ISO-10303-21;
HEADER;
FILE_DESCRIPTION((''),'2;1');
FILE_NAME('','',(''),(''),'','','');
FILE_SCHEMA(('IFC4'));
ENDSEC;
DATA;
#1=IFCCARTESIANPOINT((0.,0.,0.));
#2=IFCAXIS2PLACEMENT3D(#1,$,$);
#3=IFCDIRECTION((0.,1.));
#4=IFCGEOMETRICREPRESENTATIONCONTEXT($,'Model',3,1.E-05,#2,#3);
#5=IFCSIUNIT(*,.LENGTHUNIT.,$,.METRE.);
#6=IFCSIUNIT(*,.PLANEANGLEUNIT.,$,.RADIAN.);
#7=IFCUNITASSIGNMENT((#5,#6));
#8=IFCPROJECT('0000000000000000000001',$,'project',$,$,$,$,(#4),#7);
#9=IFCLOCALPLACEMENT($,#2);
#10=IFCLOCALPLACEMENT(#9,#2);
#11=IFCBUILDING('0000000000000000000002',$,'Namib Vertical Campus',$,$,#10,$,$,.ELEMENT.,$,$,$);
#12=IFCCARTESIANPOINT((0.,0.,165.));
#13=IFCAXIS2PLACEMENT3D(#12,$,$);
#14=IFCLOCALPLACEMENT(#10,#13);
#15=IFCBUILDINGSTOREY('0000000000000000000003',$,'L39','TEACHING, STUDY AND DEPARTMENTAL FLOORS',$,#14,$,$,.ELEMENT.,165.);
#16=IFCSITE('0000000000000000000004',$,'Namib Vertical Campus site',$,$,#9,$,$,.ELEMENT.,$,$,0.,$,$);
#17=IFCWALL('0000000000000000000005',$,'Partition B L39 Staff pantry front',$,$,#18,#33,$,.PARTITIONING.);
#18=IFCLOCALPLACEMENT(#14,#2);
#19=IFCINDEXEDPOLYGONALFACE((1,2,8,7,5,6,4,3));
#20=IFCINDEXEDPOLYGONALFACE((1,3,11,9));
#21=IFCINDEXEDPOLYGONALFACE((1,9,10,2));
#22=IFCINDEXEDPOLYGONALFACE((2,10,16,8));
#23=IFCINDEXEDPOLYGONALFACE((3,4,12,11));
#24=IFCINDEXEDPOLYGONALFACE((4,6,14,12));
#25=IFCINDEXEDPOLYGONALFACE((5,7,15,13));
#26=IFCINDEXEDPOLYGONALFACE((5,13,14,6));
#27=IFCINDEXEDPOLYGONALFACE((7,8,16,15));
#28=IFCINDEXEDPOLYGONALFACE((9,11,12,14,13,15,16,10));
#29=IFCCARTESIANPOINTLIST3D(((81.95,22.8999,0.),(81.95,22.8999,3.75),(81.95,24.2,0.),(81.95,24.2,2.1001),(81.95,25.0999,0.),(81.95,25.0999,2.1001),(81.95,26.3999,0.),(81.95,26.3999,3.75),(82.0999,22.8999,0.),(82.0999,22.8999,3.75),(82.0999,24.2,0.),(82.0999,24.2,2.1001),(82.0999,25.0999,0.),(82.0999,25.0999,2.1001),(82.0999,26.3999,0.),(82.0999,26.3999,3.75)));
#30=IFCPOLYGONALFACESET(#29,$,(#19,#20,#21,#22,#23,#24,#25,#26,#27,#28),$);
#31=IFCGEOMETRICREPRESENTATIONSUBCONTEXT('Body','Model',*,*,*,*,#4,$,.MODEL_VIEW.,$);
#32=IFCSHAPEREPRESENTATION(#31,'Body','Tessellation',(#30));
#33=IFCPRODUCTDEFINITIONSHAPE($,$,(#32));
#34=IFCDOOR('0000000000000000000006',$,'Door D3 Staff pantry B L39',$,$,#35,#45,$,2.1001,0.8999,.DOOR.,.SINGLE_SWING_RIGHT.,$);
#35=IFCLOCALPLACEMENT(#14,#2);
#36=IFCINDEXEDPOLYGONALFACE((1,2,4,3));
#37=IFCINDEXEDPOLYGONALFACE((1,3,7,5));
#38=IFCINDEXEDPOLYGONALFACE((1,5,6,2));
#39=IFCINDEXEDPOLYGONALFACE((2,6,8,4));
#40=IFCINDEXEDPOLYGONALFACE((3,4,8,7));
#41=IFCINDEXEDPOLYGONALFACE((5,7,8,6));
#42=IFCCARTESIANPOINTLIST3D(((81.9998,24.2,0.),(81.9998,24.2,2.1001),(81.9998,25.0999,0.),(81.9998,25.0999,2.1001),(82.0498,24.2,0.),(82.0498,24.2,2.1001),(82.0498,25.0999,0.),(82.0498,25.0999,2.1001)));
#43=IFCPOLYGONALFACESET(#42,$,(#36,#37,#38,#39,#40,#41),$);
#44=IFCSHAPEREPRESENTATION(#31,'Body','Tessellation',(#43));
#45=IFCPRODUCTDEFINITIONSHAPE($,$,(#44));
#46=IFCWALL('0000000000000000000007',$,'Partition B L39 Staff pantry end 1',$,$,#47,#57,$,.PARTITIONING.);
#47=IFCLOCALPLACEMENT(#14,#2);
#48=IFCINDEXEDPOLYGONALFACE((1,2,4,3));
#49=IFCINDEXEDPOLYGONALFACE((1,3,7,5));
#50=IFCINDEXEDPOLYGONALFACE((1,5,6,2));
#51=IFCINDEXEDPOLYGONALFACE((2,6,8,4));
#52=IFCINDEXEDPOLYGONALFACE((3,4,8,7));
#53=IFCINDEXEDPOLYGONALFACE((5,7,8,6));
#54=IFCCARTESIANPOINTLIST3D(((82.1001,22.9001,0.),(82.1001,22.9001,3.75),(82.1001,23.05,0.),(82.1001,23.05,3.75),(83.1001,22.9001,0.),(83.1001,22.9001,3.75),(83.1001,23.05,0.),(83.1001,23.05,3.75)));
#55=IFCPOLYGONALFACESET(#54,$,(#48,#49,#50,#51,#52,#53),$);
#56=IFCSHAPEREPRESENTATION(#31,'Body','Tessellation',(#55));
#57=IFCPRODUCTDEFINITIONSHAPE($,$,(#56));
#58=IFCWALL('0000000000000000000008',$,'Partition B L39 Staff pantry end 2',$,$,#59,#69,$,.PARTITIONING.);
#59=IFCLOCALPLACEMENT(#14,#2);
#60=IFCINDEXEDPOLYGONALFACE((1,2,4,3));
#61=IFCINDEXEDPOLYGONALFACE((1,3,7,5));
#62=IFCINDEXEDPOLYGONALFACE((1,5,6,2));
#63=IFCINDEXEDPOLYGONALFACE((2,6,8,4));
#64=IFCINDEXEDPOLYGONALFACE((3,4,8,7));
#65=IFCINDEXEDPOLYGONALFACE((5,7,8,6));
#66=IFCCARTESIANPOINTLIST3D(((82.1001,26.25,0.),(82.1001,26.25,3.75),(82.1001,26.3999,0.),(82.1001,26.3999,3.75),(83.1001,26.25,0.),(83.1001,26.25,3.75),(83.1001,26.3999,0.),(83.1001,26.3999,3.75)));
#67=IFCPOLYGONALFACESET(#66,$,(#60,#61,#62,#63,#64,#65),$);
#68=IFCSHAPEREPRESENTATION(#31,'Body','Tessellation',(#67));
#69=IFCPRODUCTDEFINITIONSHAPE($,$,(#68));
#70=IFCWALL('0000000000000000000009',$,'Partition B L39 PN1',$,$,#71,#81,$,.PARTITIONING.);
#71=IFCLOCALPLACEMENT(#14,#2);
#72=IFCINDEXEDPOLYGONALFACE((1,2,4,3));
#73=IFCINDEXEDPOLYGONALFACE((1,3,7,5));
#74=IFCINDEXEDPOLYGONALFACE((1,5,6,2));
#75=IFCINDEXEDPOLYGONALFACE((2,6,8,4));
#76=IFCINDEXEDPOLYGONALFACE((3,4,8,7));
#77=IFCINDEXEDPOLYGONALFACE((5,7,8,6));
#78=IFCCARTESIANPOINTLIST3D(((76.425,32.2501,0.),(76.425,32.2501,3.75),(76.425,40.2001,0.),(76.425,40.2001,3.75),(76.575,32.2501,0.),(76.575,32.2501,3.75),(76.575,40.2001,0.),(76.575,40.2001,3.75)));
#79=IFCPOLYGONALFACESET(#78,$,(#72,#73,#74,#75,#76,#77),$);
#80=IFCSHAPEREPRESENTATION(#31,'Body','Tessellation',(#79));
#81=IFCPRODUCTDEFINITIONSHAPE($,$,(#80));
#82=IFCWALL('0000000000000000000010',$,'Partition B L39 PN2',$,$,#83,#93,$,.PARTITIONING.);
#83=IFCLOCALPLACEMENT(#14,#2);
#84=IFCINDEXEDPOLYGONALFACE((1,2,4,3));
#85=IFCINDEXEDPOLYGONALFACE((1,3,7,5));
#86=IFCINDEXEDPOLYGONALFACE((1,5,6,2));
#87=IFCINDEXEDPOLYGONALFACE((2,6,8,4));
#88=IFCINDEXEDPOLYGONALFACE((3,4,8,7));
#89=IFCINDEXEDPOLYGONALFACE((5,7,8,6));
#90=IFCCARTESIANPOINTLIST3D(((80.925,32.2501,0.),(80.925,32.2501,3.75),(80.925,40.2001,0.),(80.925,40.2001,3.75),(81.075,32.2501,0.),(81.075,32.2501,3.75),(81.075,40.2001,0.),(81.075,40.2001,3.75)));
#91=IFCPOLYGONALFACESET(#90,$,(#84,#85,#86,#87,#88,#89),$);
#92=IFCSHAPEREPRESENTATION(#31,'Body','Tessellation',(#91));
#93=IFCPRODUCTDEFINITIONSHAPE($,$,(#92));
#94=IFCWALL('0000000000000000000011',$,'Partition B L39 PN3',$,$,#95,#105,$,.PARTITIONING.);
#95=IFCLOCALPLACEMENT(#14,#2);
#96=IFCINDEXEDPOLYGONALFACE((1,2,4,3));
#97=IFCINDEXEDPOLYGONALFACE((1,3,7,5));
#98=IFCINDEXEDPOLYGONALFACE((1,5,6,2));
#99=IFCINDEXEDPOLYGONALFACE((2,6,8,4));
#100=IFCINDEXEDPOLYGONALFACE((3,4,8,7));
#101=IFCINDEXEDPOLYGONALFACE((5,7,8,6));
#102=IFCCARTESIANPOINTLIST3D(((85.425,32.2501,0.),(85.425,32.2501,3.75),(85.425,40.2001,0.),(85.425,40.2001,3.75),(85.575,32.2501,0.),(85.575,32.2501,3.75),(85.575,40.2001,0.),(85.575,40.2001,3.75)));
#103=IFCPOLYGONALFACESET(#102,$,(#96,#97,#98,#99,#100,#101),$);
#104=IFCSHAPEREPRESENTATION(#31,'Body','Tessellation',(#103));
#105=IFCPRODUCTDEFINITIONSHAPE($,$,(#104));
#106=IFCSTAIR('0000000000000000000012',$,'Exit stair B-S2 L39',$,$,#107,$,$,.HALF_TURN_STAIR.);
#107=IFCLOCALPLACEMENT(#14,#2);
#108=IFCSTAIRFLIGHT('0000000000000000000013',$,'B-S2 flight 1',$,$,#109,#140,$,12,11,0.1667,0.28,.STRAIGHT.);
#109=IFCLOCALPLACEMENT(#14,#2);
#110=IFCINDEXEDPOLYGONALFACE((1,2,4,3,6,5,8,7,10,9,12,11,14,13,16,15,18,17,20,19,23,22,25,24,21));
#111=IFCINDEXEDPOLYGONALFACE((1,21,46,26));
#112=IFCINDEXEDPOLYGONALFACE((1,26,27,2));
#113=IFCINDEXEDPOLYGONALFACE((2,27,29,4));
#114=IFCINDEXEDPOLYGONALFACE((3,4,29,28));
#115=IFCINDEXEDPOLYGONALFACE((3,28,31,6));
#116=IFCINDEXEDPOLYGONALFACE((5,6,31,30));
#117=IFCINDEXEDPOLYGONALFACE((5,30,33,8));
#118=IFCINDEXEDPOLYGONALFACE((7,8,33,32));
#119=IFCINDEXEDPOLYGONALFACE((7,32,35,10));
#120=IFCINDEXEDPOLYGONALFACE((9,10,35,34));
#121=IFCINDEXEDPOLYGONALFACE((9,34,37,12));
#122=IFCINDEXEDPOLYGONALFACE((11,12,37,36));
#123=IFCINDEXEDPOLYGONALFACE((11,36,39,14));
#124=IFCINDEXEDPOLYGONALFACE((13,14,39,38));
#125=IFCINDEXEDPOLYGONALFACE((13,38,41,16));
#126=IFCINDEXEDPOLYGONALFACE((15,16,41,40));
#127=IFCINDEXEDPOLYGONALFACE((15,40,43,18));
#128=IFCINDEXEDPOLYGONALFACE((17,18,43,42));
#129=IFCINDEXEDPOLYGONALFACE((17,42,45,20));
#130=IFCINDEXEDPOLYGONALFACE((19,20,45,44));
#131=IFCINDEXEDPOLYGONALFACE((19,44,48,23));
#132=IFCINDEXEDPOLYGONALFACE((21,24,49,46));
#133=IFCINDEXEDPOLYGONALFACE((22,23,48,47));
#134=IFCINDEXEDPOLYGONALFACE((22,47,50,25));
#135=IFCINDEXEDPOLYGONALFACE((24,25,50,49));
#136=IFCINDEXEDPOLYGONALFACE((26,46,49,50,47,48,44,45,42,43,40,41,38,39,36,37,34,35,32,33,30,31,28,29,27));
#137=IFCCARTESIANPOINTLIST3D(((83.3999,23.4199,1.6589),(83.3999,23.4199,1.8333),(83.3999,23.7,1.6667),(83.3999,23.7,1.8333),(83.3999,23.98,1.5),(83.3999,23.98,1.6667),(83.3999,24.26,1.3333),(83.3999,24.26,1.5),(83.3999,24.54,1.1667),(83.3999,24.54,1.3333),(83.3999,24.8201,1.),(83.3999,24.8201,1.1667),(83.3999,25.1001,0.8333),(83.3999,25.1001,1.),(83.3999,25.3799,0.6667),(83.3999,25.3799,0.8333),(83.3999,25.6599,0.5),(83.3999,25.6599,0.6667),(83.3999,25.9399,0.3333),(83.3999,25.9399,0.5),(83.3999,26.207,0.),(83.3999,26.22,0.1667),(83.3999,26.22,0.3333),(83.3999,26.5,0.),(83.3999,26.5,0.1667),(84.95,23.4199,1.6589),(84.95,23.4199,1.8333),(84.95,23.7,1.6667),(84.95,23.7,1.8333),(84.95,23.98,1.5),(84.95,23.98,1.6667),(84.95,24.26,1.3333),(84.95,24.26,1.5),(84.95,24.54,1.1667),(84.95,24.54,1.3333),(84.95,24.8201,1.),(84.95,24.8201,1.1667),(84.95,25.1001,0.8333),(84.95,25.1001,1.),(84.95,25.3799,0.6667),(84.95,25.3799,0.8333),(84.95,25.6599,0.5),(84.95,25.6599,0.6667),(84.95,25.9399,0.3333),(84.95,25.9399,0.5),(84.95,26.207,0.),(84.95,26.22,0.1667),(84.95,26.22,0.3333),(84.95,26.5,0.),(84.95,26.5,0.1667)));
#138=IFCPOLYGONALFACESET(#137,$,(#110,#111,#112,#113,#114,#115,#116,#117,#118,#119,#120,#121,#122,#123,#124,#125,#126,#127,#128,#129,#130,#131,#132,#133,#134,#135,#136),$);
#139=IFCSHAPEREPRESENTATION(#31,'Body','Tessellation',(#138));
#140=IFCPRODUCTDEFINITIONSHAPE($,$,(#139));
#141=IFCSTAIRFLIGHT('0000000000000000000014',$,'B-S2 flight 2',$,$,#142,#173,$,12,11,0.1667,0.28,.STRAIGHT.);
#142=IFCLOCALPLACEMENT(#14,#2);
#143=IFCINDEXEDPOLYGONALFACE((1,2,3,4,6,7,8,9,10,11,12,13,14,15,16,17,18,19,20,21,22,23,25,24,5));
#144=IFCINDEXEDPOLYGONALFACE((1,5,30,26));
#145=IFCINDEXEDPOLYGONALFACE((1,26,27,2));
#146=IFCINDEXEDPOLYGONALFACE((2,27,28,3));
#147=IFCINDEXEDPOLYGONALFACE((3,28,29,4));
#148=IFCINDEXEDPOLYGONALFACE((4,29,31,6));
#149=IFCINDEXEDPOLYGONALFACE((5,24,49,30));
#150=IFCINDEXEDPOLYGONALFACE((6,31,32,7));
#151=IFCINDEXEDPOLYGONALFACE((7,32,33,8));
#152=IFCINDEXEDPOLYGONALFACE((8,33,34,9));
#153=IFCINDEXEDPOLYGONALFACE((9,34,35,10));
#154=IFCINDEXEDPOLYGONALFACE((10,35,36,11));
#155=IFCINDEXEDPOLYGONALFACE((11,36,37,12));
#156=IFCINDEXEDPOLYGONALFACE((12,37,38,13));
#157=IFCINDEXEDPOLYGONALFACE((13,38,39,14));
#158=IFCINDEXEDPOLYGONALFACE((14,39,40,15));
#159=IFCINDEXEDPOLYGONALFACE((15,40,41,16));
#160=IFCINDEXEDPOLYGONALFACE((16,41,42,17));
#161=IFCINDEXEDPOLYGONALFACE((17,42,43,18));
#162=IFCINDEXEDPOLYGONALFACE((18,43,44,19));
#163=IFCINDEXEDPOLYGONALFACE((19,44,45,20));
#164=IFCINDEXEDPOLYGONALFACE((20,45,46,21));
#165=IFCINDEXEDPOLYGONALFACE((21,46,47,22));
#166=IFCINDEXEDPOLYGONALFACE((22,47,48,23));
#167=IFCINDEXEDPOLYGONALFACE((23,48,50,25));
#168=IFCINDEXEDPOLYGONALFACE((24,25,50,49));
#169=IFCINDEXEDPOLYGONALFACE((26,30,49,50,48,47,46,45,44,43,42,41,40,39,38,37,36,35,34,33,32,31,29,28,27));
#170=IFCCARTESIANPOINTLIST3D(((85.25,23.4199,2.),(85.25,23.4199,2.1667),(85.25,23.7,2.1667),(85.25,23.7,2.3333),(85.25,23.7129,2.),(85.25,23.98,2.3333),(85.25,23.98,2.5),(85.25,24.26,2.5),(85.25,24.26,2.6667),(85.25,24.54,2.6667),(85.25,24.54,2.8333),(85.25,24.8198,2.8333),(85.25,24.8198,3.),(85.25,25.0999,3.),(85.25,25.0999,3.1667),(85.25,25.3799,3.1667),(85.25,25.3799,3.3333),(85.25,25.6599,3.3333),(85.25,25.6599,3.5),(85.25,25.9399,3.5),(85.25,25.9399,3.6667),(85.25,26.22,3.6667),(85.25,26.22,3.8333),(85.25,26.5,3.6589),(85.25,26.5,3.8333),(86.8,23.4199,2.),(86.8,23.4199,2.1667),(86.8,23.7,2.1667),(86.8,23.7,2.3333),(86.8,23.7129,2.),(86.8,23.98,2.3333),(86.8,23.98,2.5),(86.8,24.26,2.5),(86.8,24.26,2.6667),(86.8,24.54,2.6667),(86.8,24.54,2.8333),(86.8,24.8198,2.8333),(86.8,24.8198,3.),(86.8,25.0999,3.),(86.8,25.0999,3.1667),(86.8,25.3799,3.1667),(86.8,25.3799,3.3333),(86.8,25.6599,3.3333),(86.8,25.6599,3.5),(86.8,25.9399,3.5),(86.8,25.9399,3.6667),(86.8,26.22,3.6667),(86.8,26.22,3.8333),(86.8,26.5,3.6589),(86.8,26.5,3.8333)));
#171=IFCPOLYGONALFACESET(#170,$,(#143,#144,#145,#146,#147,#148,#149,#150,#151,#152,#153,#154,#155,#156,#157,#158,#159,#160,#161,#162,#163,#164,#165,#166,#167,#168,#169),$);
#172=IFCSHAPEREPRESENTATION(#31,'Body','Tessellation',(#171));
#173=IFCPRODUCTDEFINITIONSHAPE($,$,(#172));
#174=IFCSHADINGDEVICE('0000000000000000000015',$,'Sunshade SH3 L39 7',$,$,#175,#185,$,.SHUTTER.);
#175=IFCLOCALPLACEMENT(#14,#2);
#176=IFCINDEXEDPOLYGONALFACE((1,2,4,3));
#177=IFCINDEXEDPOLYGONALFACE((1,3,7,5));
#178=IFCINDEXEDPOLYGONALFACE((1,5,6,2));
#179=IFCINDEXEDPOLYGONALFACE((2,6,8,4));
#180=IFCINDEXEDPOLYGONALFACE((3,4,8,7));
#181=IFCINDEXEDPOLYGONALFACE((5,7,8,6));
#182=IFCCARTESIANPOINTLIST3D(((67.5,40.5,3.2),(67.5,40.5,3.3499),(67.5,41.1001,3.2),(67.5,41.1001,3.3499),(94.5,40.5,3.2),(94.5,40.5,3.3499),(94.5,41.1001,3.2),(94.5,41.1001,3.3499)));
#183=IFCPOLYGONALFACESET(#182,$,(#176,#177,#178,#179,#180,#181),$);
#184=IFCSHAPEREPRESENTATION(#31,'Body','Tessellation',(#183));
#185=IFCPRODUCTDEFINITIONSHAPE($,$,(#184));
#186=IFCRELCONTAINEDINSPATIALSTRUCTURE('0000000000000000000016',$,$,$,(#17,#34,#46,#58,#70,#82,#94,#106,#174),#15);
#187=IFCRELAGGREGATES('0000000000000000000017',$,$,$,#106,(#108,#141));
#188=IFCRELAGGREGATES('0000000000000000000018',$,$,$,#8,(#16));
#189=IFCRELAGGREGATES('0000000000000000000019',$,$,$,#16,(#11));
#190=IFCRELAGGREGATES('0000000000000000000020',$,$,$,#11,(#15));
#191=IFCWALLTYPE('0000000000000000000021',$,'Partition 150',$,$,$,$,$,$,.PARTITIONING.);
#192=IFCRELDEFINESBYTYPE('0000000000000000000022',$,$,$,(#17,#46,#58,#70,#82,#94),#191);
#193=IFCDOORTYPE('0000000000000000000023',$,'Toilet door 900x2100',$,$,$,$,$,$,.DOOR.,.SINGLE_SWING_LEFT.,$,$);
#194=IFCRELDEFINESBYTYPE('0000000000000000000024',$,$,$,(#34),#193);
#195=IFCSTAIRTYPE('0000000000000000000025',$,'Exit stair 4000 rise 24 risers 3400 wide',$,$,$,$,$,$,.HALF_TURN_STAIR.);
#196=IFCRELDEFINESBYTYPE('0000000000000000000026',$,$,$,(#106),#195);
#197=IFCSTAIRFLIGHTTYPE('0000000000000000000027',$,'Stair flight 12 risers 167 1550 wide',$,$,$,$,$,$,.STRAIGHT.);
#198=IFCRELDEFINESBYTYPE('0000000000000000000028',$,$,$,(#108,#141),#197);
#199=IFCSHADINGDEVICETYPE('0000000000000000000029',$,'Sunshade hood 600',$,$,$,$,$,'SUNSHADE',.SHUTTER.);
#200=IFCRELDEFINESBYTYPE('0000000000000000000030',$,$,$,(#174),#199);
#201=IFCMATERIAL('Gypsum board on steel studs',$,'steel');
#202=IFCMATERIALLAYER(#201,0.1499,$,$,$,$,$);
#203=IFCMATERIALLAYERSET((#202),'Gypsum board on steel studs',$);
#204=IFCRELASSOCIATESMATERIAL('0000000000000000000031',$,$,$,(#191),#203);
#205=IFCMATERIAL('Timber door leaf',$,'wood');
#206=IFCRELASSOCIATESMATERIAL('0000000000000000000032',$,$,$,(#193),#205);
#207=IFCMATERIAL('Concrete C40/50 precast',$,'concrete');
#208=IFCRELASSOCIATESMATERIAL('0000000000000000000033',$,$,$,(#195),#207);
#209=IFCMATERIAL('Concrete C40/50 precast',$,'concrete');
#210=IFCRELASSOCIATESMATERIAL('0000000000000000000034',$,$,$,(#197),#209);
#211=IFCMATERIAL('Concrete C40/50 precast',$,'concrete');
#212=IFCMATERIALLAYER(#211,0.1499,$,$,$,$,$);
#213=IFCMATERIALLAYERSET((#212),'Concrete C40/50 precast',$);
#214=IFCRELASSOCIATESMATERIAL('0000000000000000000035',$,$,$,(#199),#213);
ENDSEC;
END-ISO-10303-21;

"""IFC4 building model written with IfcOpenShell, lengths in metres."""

from ifc_helpers import new_model, si_unit, direction, frame, frame_2d, origin, origin_2d, place, context, subcontext, project, spatial, polyline, rectangle, outline, extrude, material, layer, layer_set, type_object, element, fill, aggregate, save


model = new_model("IFC4")

# Units and contexts
model_context = context("Model", 3, precision=1e-05, world=origin(), true_north=direction((0.0, 1.0)))
body_context = subcontext(model_context, "Body", "Model", "MODEL_VIEW")
ifc_project = project(units=[si_unit("LENGTHUNIT", "METRE"), si_unit("PLANEANGLEUNIT", "RADIAN")], contexts=[model_context])

# Site, building, storey
site_placement = place(None, origin())
site = spatial("IfcSite", under=ifc_project, at=site_placement, Name="Namib Vertical Campus site", CompositionType="ELEMENT", RefElevation=0.0)
building_placement = place(site_placement, origin())
building = spatial("IfcBuilding", under=site, at=building_placement, Name="Namib Vertical Campus", CompositionType="ELEMENT")
storey_placement = place(building_placement, frame((0.0, 0.0, 165.0)))
storey = spatial("IfcBuildingStorey", under=building, at=storey_placement, Name="L39", Description="TEACHING, STUDY AND DEPARTMENTAL FLOORS", CompositionType="ELEMENT", Elevation=165.0)

# Wall, opening, door
ifc_material_1 = material(Name="Gypsum board on steel studs", Category="steel")
ifc_layer_1 = layer(ifc_material_1, 0.1499)
ifc_layer_set_1 = layer_set([ifc_layer_1], Name="Gypsum board on steel studs")
wall_type_1 = type_object("IfcWallType", Name="Partition 150", PredefinedType="PARTITIONING", material=ifc_layer_set_1)
wall_1_placement = place(storey_placement, frame((82.0249, 22.8999, 0.0), z_axis=(0.0, 0.0, 1.0), x_axis=(0.0, 1.0, 0.0)))
wall_1 = element("IfcWall", 1, at=wall_1_placement, inside=storey, type_object=wall_type_1, Name="Partition B L39 Staff pantry front", PredefinedType="PARTITIONING", context=body_context, shape_type="SweptSolid", body=[
    extrude(rectangle(XDim=3.5, YDim=0.1499, at=frame_2d((1.75, 0.0))), origin(), (0.0, 0.0, 1.0), 3.75),
])
opening_1_placement = place(wall_1_placement, frame((1.3, 0.0, 0.0)))
opening_1 = element("IfcOpeningElement", 2, at=opening_1_placement, cuts=wall_1, PredefinedType="OPENING", context=body_context, shape_type="SweptSolid", body=[
    extrude(rectangle(XDim=0.8999, YDim=2.1001, at=frame_2d((0.45, 1.05))), frame((0.0, 0.085, 0.0), z_axis=(0.0, -1.0, 0.0), x_axis=(1.0, 0.0, 0.0)), (0.0, 0.0, 1.0), 0.1699),
])
ifc_material_2 = material(Name="Timber door leaf", Category="wood")
door_type_1 = type_object("IfcDoorType", Name="Toilet door 900x2100", OperationType="SINGLE_SWING_LEFT", PredefinedType="DOOR", material=ifc_material_2)
door_1_placement = place(opening_1_placement, frame((0.8999, 0.0, 0.0), z_axis=(0.0, 0.0, 1.0), x_axis=(-1.0, 0.0, 0.0)))
door_1 = element("IfcDoor", 3, at=door_1_placement, inside=storey, type_object=door_type_1, Name="Door D3 Staff pantry B L39", OperationType="SINGLE_SWING_RIGHT", OverallHeight=2.1001, OverallWidth=0.8999, PredefinedType="DOOR", context=body_context, shape_type="SweptSolid", body=[
    extrude(rectangle(XDim=0.8999, YDim=2.1001, at=frame_2d((0.45, 1.05))), frame((0.0, 0.0249, 0.0), z_axis=(0.0, -1.0, 0.0), x_axis=(1.0, 0.0, 0.0)), (0.0, 0.0, 1.0), 0.05),
])
fill(opening_1, door_1)

# Walls
for number, where, z_axis, x_axis, name in (
    (4, (82.1001, 22.9751, 0.0), (0.0, 0.0, 1.0), (1.0, 0.0, 0.0), "Partition B L39 Staff pantry end 1"),
    (5, (82.1001, 26.325, 0.0), (0.0, 0.0, 1.0), (1.0, 0.0, 0.0), "Partition B L39 Staff pantry end 2"),
):
    element("IfcWall", number, at=place(storey_placement, frame(where, z_axis=z_axis, x_axis=x_axis)), inside=storey, type_object=wall_type_1, Name=name, PredefinedType="PARTITIONING", context=body_context, shape_type="SweptSolid", body=[
        extrude(rectangle(XDim=1.0, YDim=0.1499, at=frame_2d((0.5, 0.0))), origin(), (0.0, 0.0, 1.0), 3.75),
    ])
for number, where, z_axis, x_axis, name in (
    (6, (76.5, 32.25, 0.0), (0.0, 0.0, 1.0), (0.0, 1.0, 0.0), "Partition B L39 PN1"),
    (7, (81.0, 32.25, 0.0), (0.0, 0.0, 1.0), (0.0, 1.0, 0.0), "Partition B L39 PN2"),
    (8, (85.5, 32.25, 0.0), (0.0, 0.0, 1.0), (0.0, 1.0, 0.0), "Partition B L39 PN3"),
):
    element("IfcWall", number, at=place(storey_placement, frame(where, z_axis=z_axis, x_axis=x_axis)), inside=storey, type_object=wall_type_1, Name=name, PredefinedType="PARTITIONING", context=body_context, shape_type="SweptSolid", body=[
        extrude(rectangle(XDim=7.95, YDim=0.1499, at=frame_2d((3.9751, 0.0))), origin(), (0.0, 0.0, 1.0), 3.75),
    ])

# Stair, stair flights
ifc_material_3 = material(Name="Concrete C40/50 precast", Category="concrete")
stair_type = type_object("IfcStairType", Name="Exit stair 4000 rise 24 risers 3400 wide", PredefinedType="HALF_TURN_STAIR", material=ifc_material_3)
stair_placement = place(storey_placement, origin())
stair = element("IfcStair", 9, at=stair_placement, inside=storey, type_object=stair_type, Name="Exit stair B-S2 L39", PredefinedType="HALF_TURN_STAIR")
ifc_material_4 = material(Name="Concrete C40/50 precast", Category="concrete")
stair_flight_type = type_object("IfcStairFlightType", Name="Stair flight 12 risers 167 1550 wide", PredefinedType="STRAIGHT", material=ifc_material_4)
stair_flight_1_placement = place(storey_placement, frame((84.175, 26.5, 0.0), z_axis=(0.0, 0.0, 1.0), x_axis=(0.0, -1.0, 0.0)))
stair_flight_1 = element("IfcStairFlight", 10, at=stair_flight_1_placement, type_object=stair_flight_type, Name="B-S2 flight 1", NumberOfRisers=12, NumberOfTreads=11, PredefinedType="STRAIGHT", RiserHeight=0.1667, TreadLength=0.28, context=body_context, shape_type="SweptSolid", body=[
    extrude(outline(polyline([(0.0, 0.0), (0.0, 0.1667), (0.28, 0.1667), (0.28, 0.3333), (0.5601, 0.3333), (0.5601, 0.5), (0.8401, 0.5), (0.8401, 0.6667), (1.1201, 0.6667), (1.1201, 0.8333), (1.3999, 0.8333), (1.3999, 1.0), (1.6799, 1.0), (1.6799, 1.1667), (1.96, 1.1667), (1.96, 1.3333), (2.24, 1.3333), (2.24, 1.5), (2.52, 1.5), (2.52, 1.6667), (2.8, 1.6667), (2.8, 1.8333), (3.0801, 1.8333), (3.0801, 2.0), (3.0801, 1.6589), (0.293, 0.0), (0.0, 0.0)])), frame((0.0, 0.7749, 0.0), z_axis=(0.0, -1.0, 0.0), x_axis=(1.0, 0.0, 0.0)), (0.0, 0.0, 1.0), 1.55),
])
stair_flight_2_placement = place(storey_placement, frame((86.0249, 23.4199, 2.0), z_axis=(0.0, 0.0, 1.0), x_axis=(0.0, 1.0, 0.0)))
stair_flight_2 = element("IfcStairFlight", 11, at=stair_flight_2_placement, type_object=stair_flight_type, Name="B-S2 flight 2", NumberOfRisers=12, NumberOfTreads=11, PredefinedType="STRAIGHT", RiserHeight=0.1667, TreadLength=0.28, context=body_context, shape_type="SweptSolid", body=[
    extrude(outline(polyline([(0.0, 0.0), (0.0, 0.1667), (0.28, 0.1667), (0.28, 0.3333), (0.5601, 0.3333), (0.5601, 0.5), (0.8401, 0.5), (0.8401, 0.6667), (1.1201, 0.6667), (1.1201, 0.8333), (1.3999, 0.8333), (1.3999, 1.0), (1.6799, 1.0), (1.6799, 1.1667), (1.96, 1.1667), (1.96, 1.3333), (2.24, 1.3333), (2.24, 1.5), (2.52, 1.5), (2.52, 1.6667), (2.8, 1.6667), (2.8, 1.8333), (3.0801, 1.8333), (3.0801, 2.0), (3.0801, 1.6589), (0.293, 0.0), (0.0, 0.0)])), frame((0.0, 0.7749, 0.0), z_axis=(0.0, -1.0, 0.0), x_axis=(1.0, 0.0, 0.0)), (0.0, 0.0, 1.0), 1.55),
])
aggregate(stair, [stair_flight_1, stair_flight_2])

# Shading device
ifc_material_5 = material(Name="Concrete C40/50 precast", Category="concrete")
ifc_layer_2 = layer(ifc_material_5, 0.1499)
ifc_layer_set_2 = layer_set([ifc_layer_2], Name="Concrete C40/50 precast")
shading_device_type = type_object("IfcShadingDeviceType", Name="Sunshade hood 600", ElementType="SUNSHADE", PredefinedType="SHUTTER", material=ifc_layer_set_2)
shading_device_placement = place(storey_placement, frame((81.0, 40.8, 3.2), z_axis=(0.0, 0.0, 1.0), x_axis=(-1.0, 0.0, 0.0)))
element("IfcShadingDevice", 12, at=shading_device_placement, inside=storey, type_object=shading_device_type, Name="Sunshade SH3 L39 7", PredefinedType="SHUTTER", context=body_context, shape_type="SweptSolid", body=[
    extrude(rectangle(XDim=27.0, YDim=0.6001, at=origin_2d()), origin(), (0.0, 0.0, 1.0), 0.1499),
])

save(model, "model.ifc")
